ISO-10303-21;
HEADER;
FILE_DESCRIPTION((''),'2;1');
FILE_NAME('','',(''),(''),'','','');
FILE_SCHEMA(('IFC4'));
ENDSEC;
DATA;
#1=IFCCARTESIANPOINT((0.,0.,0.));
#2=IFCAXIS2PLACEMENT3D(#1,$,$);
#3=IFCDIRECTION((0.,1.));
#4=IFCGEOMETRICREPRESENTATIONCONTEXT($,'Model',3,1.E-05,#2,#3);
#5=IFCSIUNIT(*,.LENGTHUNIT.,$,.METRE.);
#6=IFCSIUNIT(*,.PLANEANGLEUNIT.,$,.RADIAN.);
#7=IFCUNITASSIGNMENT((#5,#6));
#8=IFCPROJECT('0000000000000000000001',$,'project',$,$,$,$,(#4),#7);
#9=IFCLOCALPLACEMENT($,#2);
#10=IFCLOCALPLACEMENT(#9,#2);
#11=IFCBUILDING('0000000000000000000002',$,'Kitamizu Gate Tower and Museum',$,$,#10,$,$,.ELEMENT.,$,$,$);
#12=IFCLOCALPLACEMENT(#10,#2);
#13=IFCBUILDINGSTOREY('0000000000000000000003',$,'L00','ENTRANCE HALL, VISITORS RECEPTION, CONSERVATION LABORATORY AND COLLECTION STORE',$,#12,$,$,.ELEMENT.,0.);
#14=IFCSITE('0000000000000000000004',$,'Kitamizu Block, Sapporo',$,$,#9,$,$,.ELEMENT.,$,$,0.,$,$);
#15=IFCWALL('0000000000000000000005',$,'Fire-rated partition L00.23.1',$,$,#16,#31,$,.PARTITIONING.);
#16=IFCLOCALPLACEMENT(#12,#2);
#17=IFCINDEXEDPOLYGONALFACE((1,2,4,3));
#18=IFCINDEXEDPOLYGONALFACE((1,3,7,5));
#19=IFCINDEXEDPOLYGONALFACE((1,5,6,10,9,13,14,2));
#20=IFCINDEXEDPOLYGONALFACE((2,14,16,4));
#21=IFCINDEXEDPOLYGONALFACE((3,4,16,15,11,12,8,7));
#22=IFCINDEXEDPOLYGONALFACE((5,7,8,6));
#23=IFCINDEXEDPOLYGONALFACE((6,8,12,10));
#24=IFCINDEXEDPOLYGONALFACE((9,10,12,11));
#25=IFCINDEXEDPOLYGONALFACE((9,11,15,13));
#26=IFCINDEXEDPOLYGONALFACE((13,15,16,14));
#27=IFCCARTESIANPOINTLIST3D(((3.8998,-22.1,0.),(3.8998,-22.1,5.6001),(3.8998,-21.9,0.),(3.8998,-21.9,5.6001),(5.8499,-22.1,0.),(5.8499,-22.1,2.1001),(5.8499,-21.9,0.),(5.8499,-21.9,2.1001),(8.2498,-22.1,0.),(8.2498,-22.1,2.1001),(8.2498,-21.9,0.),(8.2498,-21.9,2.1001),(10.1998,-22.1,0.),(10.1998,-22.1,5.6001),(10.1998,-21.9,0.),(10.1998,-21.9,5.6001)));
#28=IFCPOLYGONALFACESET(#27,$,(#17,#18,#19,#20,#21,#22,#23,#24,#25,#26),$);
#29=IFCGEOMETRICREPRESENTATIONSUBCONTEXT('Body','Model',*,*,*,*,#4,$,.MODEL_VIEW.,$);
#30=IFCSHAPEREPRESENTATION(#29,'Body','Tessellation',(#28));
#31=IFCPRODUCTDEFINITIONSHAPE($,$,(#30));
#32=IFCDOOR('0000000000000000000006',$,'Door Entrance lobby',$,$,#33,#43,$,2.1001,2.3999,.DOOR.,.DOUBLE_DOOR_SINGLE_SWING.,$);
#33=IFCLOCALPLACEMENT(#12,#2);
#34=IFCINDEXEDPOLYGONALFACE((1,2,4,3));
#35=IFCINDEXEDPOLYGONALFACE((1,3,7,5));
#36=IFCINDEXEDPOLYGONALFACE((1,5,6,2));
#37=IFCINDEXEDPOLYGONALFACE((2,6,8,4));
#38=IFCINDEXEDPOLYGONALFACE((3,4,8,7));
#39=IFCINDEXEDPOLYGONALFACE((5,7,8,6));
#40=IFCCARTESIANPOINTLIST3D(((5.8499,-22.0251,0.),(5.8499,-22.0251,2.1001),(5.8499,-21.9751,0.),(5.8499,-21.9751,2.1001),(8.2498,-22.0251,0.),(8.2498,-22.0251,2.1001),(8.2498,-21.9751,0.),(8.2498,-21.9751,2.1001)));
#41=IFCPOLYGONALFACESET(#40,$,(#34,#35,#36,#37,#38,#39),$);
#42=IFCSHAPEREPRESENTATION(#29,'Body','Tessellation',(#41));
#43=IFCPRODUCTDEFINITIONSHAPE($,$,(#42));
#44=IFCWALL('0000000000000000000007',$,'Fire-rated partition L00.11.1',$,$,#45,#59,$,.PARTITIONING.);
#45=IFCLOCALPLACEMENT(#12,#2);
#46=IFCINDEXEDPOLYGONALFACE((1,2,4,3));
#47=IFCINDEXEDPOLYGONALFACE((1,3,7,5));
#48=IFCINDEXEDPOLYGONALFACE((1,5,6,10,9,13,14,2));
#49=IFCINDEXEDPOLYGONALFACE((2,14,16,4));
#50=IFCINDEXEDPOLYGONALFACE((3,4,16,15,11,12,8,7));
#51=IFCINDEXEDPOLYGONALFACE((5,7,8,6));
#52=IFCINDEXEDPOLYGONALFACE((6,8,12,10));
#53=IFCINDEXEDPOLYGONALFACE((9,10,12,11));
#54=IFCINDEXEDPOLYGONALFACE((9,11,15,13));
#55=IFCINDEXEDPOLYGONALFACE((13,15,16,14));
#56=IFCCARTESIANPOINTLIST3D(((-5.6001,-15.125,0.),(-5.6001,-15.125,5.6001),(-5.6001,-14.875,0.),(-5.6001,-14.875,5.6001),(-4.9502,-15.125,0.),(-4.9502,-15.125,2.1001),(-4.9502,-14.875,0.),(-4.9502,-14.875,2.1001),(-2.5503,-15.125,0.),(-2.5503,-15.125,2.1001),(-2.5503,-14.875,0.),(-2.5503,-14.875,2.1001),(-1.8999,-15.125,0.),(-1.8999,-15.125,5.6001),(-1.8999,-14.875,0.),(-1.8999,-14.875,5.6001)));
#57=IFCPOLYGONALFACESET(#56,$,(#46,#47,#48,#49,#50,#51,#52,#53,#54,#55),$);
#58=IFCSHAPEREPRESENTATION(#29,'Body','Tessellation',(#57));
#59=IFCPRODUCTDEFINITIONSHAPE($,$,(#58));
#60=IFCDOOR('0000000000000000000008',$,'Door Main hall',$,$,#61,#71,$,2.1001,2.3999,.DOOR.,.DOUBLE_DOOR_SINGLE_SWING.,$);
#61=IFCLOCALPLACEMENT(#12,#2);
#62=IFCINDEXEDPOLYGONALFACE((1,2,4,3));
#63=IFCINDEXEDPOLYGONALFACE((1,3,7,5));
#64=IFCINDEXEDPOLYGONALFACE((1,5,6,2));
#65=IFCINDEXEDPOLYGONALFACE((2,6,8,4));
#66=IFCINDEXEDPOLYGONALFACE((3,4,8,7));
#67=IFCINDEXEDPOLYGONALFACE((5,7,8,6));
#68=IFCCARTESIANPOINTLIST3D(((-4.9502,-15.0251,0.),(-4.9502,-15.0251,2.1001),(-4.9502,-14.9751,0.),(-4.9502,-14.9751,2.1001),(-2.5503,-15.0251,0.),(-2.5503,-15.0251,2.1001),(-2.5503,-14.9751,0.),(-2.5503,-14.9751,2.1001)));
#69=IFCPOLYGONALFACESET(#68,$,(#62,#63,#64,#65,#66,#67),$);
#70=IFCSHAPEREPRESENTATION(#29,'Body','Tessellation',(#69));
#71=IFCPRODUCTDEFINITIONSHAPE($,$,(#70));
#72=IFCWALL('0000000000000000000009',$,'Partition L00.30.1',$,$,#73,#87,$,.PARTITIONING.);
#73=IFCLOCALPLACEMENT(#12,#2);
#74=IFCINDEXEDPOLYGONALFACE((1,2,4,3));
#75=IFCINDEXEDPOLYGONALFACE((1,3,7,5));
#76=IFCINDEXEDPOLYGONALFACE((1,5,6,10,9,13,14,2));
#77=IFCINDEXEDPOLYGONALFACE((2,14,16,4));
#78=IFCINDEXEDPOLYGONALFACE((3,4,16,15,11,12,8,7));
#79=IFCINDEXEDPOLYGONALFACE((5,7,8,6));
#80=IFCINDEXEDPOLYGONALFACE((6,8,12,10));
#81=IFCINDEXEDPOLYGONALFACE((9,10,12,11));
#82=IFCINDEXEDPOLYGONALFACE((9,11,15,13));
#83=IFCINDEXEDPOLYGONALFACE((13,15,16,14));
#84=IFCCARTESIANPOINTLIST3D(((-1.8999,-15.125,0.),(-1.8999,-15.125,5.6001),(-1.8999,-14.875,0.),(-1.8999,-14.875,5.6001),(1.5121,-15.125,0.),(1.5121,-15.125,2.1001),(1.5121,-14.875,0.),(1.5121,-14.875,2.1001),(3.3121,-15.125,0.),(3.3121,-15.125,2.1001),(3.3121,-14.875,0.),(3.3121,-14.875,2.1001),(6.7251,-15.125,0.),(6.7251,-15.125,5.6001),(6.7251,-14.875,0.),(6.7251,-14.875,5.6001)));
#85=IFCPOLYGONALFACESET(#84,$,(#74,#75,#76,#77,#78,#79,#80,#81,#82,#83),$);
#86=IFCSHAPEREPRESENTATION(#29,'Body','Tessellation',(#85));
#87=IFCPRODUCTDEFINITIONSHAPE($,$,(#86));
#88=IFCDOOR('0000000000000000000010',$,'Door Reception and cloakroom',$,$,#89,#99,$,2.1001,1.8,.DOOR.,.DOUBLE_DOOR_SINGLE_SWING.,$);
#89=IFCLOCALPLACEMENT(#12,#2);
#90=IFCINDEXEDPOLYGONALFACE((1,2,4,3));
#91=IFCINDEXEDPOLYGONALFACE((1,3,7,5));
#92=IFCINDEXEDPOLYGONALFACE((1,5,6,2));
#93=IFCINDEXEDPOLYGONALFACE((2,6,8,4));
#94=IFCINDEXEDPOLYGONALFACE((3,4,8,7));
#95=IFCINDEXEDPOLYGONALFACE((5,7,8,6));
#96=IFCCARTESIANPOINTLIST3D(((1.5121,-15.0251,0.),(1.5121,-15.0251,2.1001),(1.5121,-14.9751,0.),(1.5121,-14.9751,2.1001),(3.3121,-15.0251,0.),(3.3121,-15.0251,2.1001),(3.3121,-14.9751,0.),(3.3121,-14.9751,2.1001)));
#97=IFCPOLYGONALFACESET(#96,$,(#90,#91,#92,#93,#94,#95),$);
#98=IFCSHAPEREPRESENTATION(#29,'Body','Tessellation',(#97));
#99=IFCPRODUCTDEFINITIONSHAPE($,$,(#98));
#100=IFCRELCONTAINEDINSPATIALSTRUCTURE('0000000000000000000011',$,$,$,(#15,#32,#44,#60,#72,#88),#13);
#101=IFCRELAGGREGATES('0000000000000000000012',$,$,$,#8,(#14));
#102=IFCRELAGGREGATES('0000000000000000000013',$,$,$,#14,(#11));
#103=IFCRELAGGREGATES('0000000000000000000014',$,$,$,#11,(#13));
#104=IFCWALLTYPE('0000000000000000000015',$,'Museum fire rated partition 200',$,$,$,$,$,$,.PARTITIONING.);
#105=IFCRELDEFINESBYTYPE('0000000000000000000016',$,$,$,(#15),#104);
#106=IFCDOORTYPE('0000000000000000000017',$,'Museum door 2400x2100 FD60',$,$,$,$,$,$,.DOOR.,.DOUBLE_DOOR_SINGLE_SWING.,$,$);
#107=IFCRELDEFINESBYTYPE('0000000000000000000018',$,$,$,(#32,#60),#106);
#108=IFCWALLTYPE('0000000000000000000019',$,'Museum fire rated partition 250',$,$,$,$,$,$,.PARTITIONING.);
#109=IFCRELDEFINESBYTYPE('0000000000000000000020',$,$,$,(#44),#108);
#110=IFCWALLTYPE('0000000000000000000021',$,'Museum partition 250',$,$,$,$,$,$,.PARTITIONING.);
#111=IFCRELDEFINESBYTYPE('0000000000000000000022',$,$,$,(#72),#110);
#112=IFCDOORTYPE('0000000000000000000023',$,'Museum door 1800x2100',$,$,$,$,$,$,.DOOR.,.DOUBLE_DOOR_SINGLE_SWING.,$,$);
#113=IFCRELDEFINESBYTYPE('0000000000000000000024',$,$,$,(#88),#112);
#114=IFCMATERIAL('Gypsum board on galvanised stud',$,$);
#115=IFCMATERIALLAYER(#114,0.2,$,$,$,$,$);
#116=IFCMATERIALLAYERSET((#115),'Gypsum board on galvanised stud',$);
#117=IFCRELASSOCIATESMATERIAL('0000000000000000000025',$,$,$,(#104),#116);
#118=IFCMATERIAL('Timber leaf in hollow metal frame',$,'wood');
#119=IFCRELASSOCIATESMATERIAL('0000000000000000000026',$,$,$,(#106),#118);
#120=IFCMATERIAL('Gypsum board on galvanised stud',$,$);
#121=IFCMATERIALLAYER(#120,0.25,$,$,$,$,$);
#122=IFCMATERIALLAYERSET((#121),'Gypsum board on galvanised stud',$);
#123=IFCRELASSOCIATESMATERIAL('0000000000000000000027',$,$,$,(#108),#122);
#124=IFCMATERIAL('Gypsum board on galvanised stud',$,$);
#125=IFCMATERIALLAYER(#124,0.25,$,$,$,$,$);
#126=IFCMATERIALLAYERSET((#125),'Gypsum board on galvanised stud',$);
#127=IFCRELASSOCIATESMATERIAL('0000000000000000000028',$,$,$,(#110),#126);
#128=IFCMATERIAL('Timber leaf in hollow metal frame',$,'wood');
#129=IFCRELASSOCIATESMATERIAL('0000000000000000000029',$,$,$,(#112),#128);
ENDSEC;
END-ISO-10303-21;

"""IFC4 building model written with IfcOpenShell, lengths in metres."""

from ifc_helpers import new_model, si_unit, direction, frame, frame_2d, origin, place, context, subcontext, project, spatial, rectangle, extrude, material, layer, layer_set, type_object, element, fill, save


model = new_model("IFC4")

# Units and contexts
model_context = context("Model", 3, precision=1e-05, world=origin(), true_north=direction((0.0, 1.0)))
body_context = subcontext(model_context, "Body", "Model", "MODEL_VIEW")
ifc_project = project(units=[si_unit("LENGTHUNIT", "METRE"), si_unit("PLANEANGLEUNIT", "RADIAN")], contexts=[model_context])

# Site, building, storey
site_placement = place(None, origin())
site = spatial("IfcSite", under=ifc_project, at=site_placement, Name="Kitamizu Block, Sapporo", CompositionType="ELEMENT", RefElevation=0.0)
building_placement = place(site_placement, origin())
building = spatial("IfcBuilding", under=site, at=building_placement, Name="Kitamizu Gate Tower and Museum", CompositionType="ELEMENT")
storey_placement = place(building_placement, origin())
storey = spatial("IfcBuildingStorey", under=building, at=storey_placement, Name="L00", Description="ENTRANCE HALL, VISITORS RECEPTION, CONSERVATION LABORATORY AND COLLECTION STORE", CompositionType="ELEMENT", Elevation=0.0)

# Shared definitions
ifc_material_1 = material(Name="Gypsum board on galvanised stud")
ifc_layer_1 = layer(ifc_material_1, 0.2)
ifc_layer_set_1 = layer_set([ifc_layer_1], Name="Gypsum board on galvanised stud")
wall_type_1 = type_object("IfcWallType", Name="Museum fire rated partition 200", PredefinedType="PARTITIONING", material=ifc_layer_set_1)

# Walls, openings, doors
wall_1_placement = place(storey_placement, frame((3.8999, -22.0, 0.0), z_axis=(0.0, 0.0, 1.0), x_axis=(1.0, 0.0, 0.0)))
wall_1 = element("IfcWall", 1, at=wall_1_placement, inside=storey, type_object=wall_type_1, Name="Fire-rated partition L00.23.1", PredefinedType="PARTITIONING", context=body_context, shape_type="SweptSolid", body=[
    extrude(rectangle(XDim=6.3, YDim=0.2, at=frame_2d((3.1499, 0.0))), origin(), (0.0, 0.0, 1.0), 5.6001),
])
opening_1_placement = place(wall_1_placement, frame((1.95, 0.0, 0.0)))
opening_1 = element("IfcOpeningElement", 2, at=opening_1_placement, cuts=wall_1, PredefinedType="OPENING", context=body_context, shape_type="SweptSolid", body=[
    extrude(rectangle(XDim=2.3999, YDim=2.1001, at=frame_2d((1.2, 1.05))), frame((0.0, 0.1099, 0.0), z_axis=(0.0, -1.0, 0.0), x_axis=(1.0, 0.0, 0.0)), (0.0, 0.0, 1.0), 0.22),
])
ifc_material_2 = material(Name="Timber leaf in hollow metal frame", Category="wood")
door_type_1 = type_object("IfcDoorType", Name="Museum door 2400x2100 FD60", OperationType="DOUBLE_DOOR_SINGLE_SWING", PredefinedType="DOOR", material=ifc_material_2)
door_1_placement = place(opening_1_placement, origin())
door_1 = element("IfcDoor", 3, at=door_1_placement, inside=storey, type_object=door_type_1, Name="Door Entrance lobby", OperationType="DOUBLE_DOOR_SINGLE_SWING", OverallHeight=2.1001, OverallWidth=2.3999, PredefinedType="DOOR", context=body_context, shape_type="SweptSolid", body=[
    extrude(rectangle(XDim=2.3999, YDim=2.1001, at=frame_2d((1.2, 1.05))), frame((0.0, 0.0249, 0.0), z_axis=(0.0, -1.0, 0.0), x_axis=(1.0, 0.0, 0.0)), (0.0, 0.0, 1.0), 0.05),
])
fill(opening_1, door_1)
ifc_material_3 = material(Name="Gypsum board on galvanised stud")
ifc_layer_2 = layer(ifc_material_3, 0.25)
ifc_layer_set_2 = layer_set([ifc_layer_2], Name="Gypsum board on galvanised stud")
wall_type_2 = type_object("IfcWallType", Name="Museum fire rated partition 250", PredefinedType="PARTITIONING", material=ifc_layer_set_2)
wall_2_placement = place(storey_placement, frame((-5.6001, -15.0, 0.0), z_axis=(0.0, 0.0, 1.0), x_axis=(1.0, 0.0, 0.0)))
wall_2 = element("IfcWall", 4, at=wall_2_placement, inside=storey, type_object=wall_type_2, Name="Fire-rated partition L00.11.1", PredefinedType="PARTITIONING", context=body_context, shape_type="SweptSolid", body=[
    extrude(rectangle(XDim=3.7002, YDim=0.25, at=frame_2d((1.8501, 0.0))), origin(), (0.0, 0.0, 1.0), 5.6001),
])
opening_2_placement = place(wall_2_placement, frame((0.6499, 0.0, 0.0)))
opening_2 = element("IfcOpeningElement", 5, at=opening_2_placement, cuts=wall_2, PredefinedType="OPENING", context=body_context, shape_type="SweptSolid", body=[
    extrude(rectangle(XDim=2.3999, YDim=2.1001, at=frame_2d((1.2, 1.05))), frame((0.0, 0.135, 0.0), z_axis=(0.0, -1.0, 0.0), x_axis=(1.0, 0.0, 0.0)), (0.0, 0.0, 1.0), 0.27),
])
door_2_placement = place(opening_2_placement, origin())
door_2 = element("IfcDoor", 6, at=door_2_placement, inside=storey, type_object=door_type_1, Name="Door Main hall", OperationType="DOUBLE_DOOR_SINGLE_SWING", OverallHeight=2.1001, OverallWidth=2.3999, PredefinedType="DOOR", context=body_context, shape_type="SweptSolid", body=[
    extrude(rectangle(XDim=2.3999, YDim=2.1001, at=frame_2d((1.2, 1.05))), frame((0.0, 0.0249, 0.0), z_axis=(0.0, -1.0, 0.0), x_axis=(1.0, 0.0, 0.0)), (0.0, 0.0, 1.0), 0.05),
])
fill(opening_2, door_2)
ifc_material_4 = material(Name="Gypsum board on galvanised stud")
ifc_layer_3 = layer(ifc_material_4, 0.25)
ifc_layer_set_3 = layer_set([ifc_layer_3], Name="Gypsum board on galvanised stud")
wall_type_3 = type_object("IfcWallType", Name="Museum partition 250", PredefinedType="PARTITIONING", material=ifc_layer_set_3)
wall_3_placement = place(storey_placement, frame((-1.8999, -15.0, 0.0), z_axis=(0.0, 0.0, 1.0), x_axis=(1.0, 0.0, 0.0)))
wall_3 = element("IfcWall", 7, at=wall_3_placement, inside=storey, type_object=wall_type_3, Name="Partition L00.30.1", PredefinedType="PARTITIONING", context=body_context, shape_type="SweptSolid", body=[
    extrude(rectangle(XDim=8.625, YDim=0.25, at=frame_2d((4.3125, 0.0))), origin(), (0.0, 0.0, 1.0), 5.6001),
])
opening_3_placement = place(wall_3_placement, frame((3.4121, 0.0, 0.0)))
opening_3 = element("IfcOpeningElement", 8, at=opening_3_placement, cuts=wall_3, PredefinedType="OPENING", context=body_context, shape_type="SweptSolid", body=[
    extrude(rectangle(XDim=1.8, YDim=2.1001, at=frame_2d((0.8999, 1.05))), frame((0.0, 0.135, 0.0), z_axis=(0.0, -1.0, 0.0), x_axis=(1.0, 0.0, 0.0)), (0.0, 0.0, 1.0), 0.27),
])
ifc_material_5 = material(Name="Timber leaf in hollow metal frame", Category="wood")
door_type_2 = type_object("IfcDoorType", Name="Museum door 1800x2100", OperationType="DOUBLE_DOOR_SINGLE_SWING", PredefinedType="DOOR", material=ifc_material_5)
door_3_placement = place(opening_3_placement, origin())
door_3 = element("IfcDoor", 9, at=door_3_placement, inside=storey, type_object=door_type_2, Name="Door Reception and cloakroom", OperationType="DOUBLE_DOOR_SINGLE_SWING", OverallHeight=2.1001, OverallWidth=1.8, PredefinedType="DOOR", context=body_context, shape_type="SweptSolid", body=[
    extrude(rectangle(XDim=1.8, YDim=2.1001, at=frame_2d((0.8999, 1.05))), frame((0.0, 0.0249, 0.0), z_axis=(0.0, -1.0, 0.0), x_axis=(1.0, 0.0, 0.0)), (0.0, 0.0, 1.0), 0.05),
])
fill(opening_3, door_3)

save(model, "model.ifc")
